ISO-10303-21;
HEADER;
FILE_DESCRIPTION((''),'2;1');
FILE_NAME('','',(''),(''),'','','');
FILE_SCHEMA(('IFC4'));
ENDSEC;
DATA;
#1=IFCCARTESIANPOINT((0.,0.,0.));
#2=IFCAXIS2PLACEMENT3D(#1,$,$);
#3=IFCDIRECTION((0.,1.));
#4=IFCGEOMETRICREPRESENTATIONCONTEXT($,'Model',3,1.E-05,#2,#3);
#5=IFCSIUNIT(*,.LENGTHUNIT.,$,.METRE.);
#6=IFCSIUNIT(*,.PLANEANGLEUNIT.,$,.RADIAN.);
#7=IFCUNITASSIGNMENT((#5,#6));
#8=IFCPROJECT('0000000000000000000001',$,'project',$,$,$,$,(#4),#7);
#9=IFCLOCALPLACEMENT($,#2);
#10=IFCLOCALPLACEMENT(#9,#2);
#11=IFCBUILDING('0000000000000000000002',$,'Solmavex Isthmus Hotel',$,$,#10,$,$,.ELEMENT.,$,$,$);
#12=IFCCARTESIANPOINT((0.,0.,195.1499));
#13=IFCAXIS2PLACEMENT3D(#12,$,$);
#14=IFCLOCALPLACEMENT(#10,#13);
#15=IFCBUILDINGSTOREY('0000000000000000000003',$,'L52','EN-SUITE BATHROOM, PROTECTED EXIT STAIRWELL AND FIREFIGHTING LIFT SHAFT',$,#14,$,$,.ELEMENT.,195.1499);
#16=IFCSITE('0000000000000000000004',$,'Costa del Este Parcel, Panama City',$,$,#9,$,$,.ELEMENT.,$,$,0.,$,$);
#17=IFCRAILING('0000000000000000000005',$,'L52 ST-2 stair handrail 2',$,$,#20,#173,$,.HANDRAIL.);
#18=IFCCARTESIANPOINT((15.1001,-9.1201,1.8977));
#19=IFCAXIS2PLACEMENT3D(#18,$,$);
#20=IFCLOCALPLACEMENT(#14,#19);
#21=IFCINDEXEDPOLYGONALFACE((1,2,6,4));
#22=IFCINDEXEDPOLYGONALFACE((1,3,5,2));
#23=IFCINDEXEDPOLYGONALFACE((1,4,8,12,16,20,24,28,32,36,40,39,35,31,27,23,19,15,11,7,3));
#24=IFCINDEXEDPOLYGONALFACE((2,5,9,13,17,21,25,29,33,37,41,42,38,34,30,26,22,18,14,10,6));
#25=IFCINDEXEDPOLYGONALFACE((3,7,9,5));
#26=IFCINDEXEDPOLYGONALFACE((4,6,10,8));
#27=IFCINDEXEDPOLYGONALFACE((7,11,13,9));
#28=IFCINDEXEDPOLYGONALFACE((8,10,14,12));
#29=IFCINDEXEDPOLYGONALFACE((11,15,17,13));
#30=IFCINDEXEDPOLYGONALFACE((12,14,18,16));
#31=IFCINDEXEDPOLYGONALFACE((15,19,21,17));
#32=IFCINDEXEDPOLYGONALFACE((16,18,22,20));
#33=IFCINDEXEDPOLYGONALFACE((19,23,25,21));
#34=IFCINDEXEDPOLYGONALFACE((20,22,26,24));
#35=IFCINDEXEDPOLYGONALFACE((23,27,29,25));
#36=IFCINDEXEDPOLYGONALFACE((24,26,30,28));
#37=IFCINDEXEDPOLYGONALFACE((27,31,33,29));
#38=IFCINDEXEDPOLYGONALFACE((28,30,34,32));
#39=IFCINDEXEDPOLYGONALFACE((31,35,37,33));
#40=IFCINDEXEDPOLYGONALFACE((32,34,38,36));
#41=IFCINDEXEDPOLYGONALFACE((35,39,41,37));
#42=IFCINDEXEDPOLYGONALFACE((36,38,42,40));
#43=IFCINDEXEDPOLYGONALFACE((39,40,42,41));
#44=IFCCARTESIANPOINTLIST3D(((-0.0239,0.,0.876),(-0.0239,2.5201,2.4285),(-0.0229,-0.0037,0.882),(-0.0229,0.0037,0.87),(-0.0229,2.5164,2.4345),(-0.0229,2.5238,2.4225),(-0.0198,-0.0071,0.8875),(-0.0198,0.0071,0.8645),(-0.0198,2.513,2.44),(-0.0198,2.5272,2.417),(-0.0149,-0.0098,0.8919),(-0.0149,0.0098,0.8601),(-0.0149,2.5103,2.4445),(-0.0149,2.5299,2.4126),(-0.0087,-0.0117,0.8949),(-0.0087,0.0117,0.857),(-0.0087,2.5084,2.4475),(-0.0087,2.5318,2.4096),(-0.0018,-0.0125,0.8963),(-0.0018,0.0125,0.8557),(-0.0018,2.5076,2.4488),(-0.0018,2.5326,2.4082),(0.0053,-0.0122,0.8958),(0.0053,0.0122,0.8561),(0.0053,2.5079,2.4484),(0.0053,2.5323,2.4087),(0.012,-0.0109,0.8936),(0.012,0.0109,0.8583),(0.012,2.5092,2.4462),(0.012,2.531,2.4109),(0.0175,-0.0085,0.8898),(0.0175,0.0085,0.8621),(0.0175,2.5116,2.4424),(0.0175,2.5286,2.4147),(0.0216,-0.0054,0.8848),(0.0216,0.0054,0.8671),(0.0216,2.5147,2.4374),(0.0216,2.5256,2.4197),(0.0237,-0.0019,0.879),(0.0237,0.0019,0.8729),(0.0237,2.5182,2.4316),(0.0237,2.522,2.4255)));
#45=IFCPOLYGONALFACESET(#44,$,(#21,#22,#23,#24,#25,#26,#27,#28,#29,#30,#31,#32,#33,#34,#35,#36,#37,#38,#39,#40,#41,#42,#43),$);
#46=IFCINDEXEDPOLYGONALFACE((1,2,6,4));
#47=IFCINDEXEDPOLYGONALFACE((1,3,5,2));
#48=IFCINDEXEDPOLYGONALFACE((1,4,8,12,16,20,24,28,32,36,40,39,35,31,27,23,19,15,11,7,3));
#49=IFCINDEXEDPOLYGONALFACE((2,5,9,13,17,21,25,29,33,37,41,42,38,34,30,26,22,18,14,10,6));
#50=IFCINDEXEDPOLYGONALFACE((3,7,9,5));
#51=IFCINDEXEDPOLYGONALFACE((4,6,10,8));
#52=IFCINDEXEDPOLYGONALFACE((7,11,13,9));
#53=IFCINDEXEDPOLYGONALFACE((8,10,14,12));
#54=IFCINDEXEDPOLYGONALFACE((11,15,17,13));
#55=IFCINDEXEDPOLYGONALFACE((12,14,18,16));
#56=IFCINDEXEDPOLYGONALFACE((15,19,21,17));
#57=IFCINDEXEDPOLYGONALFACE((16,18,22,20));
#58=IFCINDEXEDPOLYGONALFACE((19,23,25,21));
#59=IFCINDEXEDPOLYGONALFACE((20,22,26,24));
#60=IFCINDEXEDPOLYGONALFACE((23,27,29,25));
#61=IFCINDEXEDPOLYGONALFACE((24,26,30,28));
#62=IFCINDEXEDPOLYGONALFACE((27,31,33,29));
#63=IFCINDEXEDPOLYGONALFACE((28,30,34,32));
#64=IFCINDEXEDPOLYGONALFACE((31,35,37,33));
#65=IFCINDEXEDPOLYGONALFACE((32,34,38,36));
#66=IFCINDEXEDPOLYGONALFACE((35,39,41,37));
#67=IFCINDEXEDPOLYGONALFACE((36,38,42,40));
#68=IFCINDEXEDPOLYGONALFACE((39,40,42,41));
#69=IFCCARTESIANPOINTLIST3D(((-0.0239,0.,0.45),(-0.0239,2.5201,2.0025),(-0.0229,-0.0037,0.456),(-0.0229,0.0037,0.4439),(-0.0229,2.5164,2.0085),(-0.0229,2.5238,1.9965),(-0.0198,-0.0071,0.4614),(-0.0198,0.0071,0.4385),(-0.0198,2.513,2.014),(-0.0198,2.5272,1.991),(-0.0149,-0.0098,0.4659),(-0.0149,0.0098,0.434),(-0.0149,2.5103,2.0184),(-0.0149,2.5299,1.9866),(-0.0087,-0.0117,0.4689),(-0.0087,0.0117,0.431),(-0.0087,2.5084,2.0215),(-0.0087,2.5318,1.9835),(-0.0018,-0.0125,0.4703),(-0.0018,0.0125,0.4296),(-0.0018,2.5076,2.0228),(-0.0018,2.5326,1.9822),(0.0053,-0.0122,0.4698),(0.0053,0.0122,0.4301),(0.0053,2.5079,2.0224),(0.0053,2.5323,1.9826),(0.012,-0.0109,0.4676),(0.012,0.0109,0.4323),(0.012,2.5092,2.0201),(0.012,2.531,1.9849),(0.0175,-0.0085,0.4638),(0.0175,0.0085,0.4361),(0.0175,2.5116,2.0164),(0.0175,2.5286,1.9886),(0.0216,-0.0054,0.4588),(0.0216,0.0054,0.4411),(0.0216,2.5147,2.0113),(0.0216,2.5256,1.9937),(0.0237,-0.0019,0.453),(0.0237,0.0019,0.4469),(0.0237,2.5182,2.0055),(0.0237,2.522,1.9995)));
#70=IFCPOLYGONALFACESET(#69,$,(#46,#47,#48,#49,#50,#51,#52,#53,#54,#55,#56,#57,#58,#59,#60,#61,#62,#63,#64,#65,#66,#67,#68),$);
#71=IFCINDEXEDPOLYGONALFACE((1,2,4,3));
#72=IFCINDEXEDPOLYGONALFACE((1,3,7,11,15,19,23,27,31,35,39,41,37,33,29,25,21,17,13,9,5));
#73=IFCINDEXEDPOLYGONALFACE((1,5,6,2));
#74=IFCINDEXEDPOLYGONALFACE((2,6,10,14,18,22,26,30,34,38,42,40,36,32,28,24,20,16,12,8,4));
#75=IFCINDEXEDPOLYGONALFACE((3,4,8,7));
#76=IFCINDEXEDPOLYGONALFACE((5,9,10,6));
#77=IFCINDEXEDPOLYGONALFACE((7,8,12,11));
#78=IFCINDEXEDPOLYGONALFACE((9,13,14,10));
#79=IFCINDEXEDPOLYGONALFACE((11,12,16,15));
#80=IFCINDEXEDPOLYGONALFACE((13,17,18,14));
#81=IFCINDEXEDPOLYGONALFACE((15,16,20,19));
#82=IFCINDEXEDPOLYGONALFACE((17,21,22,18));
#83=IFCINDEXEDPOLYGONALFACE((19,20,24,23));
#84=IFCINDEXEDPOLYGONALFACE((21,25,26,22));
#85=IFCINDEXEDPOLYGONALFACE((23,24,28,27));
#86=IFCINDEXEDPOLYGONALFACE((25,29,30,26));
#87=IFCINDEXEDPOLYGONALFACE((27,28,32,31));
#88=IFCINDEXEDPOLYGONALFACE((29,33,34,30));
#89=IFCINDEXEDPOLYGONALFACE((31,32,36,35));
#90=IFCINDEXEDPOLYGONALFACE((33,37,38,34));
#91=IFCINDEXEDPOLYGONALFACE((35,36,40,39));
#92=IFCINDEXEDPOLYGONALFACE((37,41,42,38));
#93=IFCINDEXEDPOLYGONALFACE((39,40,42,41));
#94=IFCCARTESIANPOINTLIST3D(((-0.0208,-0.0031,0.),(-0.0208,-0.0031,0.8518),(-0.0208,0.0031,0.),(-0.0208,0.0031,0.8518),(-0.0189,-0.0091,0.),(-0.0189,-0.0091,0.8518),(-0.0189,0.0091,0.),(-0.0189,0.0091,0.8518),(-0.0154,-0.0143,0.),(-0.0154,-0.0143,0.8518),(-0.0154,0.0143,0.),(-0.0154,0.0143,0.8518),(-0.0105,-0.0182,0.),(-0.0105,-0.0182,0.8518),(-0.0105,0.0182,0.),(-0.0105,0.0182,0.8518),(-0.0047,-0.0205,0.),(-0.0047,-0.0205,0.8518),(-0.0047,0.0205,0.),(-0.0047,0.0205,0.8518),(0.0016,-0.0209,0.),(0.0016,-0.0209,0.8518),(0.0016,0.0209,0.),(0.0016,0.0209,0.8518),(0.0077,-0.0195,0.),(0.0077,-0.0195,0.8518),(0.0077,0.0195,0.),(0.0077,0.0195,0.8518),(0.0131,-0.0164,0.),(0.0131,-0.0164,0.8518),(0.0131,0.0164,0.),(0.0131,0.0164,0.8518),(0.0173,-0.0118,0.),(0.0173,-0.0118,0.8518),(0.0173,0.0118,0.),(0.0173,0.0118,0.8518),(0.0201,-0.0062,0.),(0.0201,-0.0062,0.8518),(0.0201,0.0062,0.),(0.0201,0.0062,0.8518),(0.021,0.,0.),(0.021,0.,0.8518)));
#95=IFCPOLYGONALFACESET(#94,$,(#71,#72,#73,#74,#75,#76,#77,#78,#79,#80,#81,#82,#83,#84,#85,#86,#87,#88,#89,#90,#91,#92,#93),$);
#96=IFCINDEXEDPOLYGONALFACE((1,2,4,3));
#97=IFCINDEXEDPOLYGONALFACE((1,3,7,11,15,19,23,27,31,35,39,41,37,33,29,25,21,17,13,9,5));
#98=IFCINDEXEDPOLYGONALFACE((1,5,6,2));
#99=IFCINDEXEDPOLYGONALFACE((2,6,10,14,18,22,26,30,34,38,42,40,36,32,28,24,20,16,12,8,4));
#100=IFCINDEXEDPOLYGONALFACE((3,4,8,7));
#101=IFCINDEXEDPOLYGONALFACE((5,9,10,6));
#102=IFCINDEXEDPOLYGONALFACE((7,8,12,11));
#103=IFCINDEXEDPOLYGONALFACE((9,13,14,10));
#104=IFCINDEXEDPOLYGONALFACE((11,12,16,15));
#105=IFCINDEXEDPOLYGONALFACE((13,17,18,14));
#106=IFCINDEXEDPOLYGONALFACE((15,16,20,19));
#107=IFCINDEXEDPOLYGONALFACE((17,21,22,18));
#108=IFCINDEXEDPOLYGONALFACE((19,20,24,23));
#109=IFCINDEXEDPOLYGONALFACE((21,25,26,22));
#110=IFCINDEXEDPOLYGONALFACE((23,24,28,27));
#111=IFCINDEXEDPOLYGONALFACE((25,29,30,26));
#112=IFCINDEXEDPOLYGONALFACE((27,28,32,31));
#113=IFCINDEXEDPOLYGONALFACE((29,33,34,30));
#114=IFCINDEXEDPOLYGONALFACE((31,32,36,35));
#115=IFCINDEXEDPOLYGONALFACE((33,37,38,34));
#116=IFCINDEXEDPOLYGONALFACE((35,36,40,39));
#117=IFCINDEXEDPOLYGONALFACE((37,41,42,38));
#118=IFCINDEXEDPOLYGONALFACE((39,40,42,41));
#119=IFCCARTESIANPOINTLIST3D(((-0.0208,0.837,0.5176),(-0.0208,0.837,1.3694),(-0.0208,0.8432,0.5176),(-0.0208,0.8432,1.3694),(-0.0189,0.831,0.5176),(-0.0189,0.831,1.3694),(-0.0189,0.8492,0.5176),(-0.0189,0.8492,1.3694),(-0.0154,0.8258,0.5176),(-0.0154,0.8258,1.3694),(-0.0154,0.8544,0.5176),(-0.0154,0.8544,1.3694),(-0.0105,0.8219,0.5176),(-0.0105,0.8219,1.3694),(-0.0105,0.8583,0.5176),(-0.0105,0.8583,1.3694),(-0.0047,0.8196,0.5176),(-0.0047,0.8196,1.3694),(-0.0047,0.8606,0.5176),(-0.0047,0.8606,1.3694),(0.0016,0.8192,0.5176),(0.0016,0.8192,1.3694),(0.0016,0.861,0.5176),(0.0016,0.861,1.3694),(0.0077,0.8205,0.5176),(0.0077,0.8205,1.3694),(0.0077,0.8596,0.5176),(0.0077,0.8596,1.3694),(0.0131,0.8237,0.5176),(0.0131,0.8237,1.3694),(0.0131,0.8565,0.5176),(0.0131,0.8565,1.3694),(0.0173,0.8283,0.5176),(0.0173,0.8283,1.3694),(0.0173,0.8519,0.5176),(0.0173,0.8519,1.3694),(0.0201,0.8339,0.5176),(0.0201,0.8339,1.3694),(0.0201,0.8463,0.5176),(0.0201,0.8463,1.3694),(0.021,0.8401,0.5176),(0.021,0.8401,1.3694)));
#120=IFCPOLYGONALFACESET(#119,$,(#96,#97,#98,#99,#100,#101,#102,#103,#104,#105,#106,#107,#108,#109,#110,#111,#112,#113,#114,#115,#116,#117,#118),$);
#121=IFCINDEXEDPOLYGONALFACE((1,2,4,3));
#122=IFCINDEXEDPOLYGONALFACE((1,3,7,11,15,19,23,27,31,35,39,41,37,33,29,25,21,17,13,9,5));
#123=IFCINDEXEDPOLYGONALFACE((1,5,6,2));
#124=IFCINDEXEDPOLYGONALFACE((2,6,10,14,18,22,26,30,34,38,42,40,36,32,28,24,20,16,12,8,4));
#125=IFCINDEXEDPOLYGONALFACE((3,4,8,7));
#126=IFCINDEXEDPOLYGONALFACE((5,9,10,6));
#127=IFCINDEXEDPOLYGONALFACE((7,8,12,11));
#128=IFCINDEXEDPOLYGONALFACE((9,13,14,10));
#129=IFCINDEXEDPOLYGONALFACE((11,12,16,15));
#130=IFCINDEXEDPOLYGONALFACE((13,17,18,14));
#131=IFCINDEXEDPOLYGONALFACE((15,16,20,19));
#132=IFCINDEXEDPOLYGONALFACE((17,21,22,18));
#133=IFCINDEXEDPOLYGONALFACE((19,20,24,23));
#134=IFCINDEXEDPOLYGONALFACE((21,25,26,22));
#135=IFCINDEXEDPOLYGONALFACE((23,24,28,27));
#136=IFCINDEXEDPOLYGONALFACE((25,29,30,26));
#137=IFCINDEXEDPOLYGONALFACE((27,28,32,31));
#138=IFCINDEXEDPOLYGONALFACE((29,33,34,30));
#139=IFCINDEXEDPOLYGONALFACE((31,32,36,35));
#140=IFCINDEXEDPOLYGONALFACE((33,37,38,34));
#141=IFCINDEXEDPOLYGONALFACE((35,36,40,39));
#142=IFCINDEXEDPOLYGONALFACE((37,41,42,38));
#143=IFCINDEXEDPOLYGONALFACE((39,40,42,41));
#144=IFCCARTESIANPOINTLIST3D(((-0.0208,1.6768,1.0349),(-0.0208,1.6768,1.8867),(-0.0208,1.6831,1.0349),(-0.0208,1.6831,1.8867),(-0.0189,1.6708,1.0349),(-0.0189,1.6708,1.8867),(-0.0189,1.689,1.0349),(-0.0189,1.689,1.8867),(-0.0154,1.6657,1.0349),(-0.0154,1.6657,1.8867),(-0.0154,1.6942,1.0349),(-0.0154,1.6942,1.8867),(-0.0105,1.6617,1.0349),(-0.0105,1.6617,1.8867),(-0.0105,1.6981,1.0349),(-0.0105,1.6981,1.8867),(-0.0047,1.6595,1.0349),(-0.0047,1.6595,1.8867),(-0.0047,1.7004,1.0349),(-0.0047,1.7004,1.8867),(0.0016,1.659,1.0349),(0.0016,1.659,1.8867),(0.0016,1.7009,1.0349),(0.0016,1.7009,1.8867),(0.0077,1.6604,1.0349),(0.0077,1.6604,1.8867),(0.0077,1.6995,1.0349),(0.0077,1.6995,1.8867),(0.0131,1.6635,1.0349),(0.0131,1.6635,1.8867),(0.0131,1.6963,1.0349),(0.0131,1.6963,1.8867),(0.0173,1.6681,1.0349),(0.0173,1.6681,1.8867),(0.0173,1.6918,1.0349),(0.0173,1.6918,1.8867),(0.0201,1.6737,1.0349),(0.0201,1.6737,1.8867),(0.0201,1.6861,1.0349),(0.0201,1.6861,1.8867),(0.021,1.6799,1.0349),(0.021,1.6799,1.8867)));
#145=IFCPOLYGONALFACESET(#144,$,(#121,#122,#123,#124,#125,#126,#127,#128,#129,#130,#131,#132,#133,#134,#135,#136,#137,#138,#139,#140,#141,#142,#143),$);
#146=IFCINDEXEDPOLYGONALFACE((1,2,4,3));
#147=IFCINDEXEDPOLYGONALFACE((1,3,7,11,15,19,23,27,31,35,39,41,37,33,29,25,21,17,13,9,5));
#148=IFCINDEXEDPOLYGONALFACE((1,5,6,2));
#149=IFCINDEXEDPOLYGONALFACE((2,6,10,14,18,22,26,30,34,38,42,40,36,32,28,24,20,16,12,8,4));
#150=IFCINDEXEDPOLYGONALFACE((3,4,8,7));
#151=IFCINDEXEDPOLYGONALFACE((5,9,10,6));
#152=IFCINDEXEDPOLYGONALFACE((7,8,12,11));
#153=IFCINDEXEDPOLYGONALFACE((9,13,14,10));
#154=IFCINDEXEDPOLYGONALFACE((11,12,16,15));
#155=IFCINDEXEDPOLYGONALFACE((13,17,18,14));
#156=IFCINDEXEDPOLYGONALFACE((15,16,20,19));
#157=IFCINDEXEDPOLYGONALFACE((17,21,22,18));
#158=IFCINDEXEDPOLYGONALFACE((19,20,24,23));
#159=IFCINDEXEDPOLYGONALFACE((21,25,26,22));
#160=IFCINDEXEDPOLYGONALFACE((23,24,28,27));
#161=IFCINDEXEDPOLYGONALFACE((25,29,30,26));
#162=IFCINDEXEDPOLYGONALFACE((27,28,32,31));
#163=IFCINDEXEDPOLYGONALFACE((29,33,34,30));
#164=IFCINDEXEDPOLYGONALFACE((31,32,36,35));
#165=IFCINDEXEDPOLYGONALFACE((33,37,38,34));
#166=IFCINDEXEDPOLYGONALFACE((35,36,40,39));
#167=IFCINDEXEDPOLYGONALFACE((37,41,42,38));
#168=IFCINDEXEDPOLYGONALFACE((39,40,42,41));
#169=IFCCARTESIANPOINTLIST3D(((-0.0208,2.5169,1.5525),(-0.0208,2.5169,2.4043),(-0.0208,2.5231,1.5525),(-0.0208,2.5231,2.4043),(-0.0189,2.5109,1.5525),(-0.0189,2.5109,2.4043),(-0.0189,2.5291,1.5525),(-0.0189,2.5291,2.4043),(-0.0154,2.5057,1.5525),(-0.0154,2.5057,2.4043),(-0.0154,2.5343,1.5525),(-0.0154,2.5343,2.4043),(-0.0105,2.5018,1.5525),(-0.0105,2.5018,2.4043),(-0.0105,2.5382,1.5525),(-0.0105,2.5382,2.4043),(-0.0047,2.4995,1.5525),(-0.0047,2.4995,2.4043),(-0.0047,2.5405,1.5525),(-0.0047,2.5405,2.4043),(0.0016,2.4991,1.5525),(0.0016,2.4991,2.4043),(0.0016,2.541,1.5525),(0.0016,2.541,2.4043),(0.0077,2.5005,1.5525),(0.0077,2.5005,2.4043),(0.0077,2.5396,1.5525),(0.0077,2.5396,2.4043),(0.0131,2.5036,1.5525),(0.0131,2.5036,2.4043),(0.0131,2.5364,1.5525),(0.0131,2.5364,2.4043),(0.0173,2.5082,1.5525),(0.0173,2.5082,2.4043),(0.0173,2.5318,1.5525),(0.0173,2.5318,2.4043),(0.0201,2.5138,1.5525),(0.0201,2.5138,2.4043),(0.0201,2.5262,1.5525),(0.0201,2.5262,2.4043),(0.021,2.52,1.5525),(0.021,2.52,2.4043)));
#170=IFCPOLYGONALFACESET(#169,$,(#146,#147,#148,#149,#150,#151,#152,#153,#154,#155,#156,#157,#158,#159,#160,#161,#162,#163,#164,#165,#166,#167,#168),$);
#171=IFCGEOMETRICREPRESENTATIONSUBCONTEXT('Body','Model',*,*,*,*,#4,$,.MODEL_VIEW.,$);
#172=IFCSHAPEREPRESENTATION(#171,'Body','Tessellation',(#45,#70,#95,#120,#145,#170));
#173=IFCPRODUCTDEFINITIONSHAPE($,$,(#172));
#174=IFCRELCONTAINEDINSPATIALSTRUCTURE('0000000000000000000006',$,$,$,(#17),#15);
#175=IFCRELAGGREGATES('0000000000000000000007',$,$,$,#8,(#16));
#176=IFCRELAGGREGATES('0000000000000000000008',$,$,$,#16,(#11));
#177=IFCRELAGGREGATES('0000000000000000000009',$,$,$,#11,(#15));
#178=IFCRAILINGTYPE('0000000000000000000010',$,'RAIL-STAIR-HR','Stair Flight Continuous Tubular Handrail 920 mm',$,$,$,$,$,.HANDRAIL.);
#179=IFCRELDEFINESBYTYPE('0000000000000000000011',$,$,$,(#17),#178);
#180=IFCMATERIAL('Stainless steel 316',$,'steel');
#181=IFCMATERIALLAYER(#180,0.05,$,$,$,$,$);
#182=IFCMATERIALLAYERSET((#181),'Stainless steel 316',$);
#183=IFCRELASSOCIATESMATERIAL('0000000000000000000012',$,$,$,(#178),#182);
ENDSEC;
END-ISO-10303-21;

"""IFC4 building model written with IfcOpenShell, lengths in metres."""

from ifc_helpers import new_model, si_unit, direction, frame, origin, origin_2d, place, context, subcontext, project, spatial, circle, extrude, material, layer, layer_set, type_object, element, save


model = new_model("IFC4")

# Units and contexts
model_context = context("Model", 3, precision=1e-05, world=origin(), true_north=direction((0.0, 1.0)))
body_context = subcontext(model_context, "Body", "Model", "MODEL_VIEW")
ifc_project = project(units=[si_unit("LENGTHUNIT", "METRE"), si_unit("PLANEANGLEUNIT", "RADIAN")], contexts=[model_context])

# Site, building, storey
site_placement = place(None, origin())
site = spatial("IfcSite", under=ifc_project, at=site_placement, Name="Costa del Este Parcel, Panama City", CompositionType="ELEMENT", RefElevation=0.0)
building_placement = place(site_placement, origin())
building = spatial("IfcBuilding", under=site, at=building_placement, Name="Solmavex Isthmus Hotel", CompositionType="ELEMENT")
storey_placement = place(building_placement, frame((0.0, 0.0, 195.1499)))
storey = spatial("IfcBuildingStorey", under=building, at=storey_placement, Name="L52", Description="EN-SUITE BATHROOM, PROTECTED EXIT STAIRWELL AND FIREFIGHTING LIFT SHAFT", CompositionType="ELEMENT", Elevation=195.1499)

# Railing
ifc_material_1 = material(Name="Stainless steel 316", Category="steel")
ifc_layer_1 = layer(ifc_material_1, 0.05)
ifc_layer_set_1 = layer_set([ifc_layer_1], Name="Stainless steel 316")
railing_type_1 = type_object("IfcRailingType", Name="RAIL-STAIR-HR", Description="Stair Flight Continuous Tubular Handrail 920 mm", PredefinedType="HANDRAIL", material=ifc_layer_set_1)
railing_1_placement = place(storey_placement, frame((15.1001, -9.1201, 1.8977)))
element("IfcRailing", 1, at=railing_1_placement, inside=storey, type_object=railing_type_1, Name="L52 ST-2 stair handrail 2", PredefinedType="HANDRAIL", context=body_context, shape_type="SweptSolid", body=[
    extrude(circle(Radius=0.0239, at=origin_2d()), frame((0.0, 0.0, 0.876), z_axis=(0.0, 0.8514, 0.524516), x_axis=(-1.0, 0.0, 0.0)), (0.0, 0.0, 1.0), 2.96),
    extrude(circle(Radius=0.0239, at=origin_2d()), frame((0.0, 0.0, 0.45), z_axis=(0.0, 0.8514, 0.524516), x_axis=(-1.0, 0.0, 0.0)), (0.0, 0.0, 1.0), 2.96),
    extrude(circle(Radius=0.021, at=origin_2d()), origin(), (0.0, 0.0, 1.0), 0.8518),
    extrude(circle(Radius=0.021, at=origin_2d()), frame((0.0, 0.8401, 0.5176)), (0.0, 0.0, 1.0), 0.8518),
    extrude(circle(Radius=0.021, at=origin_2d()), frame((0.0, 1.6799, 1.0349)), (0.0, 0.0, 1.0), 0.8518),
    extrude(circle(Radius=0.021, at=origin_2d()), frame((0.0, 2.52, 1.5525)), (0.0, 0.0, 1.0), 0.8518),
])

save(model, "model.ifc")
